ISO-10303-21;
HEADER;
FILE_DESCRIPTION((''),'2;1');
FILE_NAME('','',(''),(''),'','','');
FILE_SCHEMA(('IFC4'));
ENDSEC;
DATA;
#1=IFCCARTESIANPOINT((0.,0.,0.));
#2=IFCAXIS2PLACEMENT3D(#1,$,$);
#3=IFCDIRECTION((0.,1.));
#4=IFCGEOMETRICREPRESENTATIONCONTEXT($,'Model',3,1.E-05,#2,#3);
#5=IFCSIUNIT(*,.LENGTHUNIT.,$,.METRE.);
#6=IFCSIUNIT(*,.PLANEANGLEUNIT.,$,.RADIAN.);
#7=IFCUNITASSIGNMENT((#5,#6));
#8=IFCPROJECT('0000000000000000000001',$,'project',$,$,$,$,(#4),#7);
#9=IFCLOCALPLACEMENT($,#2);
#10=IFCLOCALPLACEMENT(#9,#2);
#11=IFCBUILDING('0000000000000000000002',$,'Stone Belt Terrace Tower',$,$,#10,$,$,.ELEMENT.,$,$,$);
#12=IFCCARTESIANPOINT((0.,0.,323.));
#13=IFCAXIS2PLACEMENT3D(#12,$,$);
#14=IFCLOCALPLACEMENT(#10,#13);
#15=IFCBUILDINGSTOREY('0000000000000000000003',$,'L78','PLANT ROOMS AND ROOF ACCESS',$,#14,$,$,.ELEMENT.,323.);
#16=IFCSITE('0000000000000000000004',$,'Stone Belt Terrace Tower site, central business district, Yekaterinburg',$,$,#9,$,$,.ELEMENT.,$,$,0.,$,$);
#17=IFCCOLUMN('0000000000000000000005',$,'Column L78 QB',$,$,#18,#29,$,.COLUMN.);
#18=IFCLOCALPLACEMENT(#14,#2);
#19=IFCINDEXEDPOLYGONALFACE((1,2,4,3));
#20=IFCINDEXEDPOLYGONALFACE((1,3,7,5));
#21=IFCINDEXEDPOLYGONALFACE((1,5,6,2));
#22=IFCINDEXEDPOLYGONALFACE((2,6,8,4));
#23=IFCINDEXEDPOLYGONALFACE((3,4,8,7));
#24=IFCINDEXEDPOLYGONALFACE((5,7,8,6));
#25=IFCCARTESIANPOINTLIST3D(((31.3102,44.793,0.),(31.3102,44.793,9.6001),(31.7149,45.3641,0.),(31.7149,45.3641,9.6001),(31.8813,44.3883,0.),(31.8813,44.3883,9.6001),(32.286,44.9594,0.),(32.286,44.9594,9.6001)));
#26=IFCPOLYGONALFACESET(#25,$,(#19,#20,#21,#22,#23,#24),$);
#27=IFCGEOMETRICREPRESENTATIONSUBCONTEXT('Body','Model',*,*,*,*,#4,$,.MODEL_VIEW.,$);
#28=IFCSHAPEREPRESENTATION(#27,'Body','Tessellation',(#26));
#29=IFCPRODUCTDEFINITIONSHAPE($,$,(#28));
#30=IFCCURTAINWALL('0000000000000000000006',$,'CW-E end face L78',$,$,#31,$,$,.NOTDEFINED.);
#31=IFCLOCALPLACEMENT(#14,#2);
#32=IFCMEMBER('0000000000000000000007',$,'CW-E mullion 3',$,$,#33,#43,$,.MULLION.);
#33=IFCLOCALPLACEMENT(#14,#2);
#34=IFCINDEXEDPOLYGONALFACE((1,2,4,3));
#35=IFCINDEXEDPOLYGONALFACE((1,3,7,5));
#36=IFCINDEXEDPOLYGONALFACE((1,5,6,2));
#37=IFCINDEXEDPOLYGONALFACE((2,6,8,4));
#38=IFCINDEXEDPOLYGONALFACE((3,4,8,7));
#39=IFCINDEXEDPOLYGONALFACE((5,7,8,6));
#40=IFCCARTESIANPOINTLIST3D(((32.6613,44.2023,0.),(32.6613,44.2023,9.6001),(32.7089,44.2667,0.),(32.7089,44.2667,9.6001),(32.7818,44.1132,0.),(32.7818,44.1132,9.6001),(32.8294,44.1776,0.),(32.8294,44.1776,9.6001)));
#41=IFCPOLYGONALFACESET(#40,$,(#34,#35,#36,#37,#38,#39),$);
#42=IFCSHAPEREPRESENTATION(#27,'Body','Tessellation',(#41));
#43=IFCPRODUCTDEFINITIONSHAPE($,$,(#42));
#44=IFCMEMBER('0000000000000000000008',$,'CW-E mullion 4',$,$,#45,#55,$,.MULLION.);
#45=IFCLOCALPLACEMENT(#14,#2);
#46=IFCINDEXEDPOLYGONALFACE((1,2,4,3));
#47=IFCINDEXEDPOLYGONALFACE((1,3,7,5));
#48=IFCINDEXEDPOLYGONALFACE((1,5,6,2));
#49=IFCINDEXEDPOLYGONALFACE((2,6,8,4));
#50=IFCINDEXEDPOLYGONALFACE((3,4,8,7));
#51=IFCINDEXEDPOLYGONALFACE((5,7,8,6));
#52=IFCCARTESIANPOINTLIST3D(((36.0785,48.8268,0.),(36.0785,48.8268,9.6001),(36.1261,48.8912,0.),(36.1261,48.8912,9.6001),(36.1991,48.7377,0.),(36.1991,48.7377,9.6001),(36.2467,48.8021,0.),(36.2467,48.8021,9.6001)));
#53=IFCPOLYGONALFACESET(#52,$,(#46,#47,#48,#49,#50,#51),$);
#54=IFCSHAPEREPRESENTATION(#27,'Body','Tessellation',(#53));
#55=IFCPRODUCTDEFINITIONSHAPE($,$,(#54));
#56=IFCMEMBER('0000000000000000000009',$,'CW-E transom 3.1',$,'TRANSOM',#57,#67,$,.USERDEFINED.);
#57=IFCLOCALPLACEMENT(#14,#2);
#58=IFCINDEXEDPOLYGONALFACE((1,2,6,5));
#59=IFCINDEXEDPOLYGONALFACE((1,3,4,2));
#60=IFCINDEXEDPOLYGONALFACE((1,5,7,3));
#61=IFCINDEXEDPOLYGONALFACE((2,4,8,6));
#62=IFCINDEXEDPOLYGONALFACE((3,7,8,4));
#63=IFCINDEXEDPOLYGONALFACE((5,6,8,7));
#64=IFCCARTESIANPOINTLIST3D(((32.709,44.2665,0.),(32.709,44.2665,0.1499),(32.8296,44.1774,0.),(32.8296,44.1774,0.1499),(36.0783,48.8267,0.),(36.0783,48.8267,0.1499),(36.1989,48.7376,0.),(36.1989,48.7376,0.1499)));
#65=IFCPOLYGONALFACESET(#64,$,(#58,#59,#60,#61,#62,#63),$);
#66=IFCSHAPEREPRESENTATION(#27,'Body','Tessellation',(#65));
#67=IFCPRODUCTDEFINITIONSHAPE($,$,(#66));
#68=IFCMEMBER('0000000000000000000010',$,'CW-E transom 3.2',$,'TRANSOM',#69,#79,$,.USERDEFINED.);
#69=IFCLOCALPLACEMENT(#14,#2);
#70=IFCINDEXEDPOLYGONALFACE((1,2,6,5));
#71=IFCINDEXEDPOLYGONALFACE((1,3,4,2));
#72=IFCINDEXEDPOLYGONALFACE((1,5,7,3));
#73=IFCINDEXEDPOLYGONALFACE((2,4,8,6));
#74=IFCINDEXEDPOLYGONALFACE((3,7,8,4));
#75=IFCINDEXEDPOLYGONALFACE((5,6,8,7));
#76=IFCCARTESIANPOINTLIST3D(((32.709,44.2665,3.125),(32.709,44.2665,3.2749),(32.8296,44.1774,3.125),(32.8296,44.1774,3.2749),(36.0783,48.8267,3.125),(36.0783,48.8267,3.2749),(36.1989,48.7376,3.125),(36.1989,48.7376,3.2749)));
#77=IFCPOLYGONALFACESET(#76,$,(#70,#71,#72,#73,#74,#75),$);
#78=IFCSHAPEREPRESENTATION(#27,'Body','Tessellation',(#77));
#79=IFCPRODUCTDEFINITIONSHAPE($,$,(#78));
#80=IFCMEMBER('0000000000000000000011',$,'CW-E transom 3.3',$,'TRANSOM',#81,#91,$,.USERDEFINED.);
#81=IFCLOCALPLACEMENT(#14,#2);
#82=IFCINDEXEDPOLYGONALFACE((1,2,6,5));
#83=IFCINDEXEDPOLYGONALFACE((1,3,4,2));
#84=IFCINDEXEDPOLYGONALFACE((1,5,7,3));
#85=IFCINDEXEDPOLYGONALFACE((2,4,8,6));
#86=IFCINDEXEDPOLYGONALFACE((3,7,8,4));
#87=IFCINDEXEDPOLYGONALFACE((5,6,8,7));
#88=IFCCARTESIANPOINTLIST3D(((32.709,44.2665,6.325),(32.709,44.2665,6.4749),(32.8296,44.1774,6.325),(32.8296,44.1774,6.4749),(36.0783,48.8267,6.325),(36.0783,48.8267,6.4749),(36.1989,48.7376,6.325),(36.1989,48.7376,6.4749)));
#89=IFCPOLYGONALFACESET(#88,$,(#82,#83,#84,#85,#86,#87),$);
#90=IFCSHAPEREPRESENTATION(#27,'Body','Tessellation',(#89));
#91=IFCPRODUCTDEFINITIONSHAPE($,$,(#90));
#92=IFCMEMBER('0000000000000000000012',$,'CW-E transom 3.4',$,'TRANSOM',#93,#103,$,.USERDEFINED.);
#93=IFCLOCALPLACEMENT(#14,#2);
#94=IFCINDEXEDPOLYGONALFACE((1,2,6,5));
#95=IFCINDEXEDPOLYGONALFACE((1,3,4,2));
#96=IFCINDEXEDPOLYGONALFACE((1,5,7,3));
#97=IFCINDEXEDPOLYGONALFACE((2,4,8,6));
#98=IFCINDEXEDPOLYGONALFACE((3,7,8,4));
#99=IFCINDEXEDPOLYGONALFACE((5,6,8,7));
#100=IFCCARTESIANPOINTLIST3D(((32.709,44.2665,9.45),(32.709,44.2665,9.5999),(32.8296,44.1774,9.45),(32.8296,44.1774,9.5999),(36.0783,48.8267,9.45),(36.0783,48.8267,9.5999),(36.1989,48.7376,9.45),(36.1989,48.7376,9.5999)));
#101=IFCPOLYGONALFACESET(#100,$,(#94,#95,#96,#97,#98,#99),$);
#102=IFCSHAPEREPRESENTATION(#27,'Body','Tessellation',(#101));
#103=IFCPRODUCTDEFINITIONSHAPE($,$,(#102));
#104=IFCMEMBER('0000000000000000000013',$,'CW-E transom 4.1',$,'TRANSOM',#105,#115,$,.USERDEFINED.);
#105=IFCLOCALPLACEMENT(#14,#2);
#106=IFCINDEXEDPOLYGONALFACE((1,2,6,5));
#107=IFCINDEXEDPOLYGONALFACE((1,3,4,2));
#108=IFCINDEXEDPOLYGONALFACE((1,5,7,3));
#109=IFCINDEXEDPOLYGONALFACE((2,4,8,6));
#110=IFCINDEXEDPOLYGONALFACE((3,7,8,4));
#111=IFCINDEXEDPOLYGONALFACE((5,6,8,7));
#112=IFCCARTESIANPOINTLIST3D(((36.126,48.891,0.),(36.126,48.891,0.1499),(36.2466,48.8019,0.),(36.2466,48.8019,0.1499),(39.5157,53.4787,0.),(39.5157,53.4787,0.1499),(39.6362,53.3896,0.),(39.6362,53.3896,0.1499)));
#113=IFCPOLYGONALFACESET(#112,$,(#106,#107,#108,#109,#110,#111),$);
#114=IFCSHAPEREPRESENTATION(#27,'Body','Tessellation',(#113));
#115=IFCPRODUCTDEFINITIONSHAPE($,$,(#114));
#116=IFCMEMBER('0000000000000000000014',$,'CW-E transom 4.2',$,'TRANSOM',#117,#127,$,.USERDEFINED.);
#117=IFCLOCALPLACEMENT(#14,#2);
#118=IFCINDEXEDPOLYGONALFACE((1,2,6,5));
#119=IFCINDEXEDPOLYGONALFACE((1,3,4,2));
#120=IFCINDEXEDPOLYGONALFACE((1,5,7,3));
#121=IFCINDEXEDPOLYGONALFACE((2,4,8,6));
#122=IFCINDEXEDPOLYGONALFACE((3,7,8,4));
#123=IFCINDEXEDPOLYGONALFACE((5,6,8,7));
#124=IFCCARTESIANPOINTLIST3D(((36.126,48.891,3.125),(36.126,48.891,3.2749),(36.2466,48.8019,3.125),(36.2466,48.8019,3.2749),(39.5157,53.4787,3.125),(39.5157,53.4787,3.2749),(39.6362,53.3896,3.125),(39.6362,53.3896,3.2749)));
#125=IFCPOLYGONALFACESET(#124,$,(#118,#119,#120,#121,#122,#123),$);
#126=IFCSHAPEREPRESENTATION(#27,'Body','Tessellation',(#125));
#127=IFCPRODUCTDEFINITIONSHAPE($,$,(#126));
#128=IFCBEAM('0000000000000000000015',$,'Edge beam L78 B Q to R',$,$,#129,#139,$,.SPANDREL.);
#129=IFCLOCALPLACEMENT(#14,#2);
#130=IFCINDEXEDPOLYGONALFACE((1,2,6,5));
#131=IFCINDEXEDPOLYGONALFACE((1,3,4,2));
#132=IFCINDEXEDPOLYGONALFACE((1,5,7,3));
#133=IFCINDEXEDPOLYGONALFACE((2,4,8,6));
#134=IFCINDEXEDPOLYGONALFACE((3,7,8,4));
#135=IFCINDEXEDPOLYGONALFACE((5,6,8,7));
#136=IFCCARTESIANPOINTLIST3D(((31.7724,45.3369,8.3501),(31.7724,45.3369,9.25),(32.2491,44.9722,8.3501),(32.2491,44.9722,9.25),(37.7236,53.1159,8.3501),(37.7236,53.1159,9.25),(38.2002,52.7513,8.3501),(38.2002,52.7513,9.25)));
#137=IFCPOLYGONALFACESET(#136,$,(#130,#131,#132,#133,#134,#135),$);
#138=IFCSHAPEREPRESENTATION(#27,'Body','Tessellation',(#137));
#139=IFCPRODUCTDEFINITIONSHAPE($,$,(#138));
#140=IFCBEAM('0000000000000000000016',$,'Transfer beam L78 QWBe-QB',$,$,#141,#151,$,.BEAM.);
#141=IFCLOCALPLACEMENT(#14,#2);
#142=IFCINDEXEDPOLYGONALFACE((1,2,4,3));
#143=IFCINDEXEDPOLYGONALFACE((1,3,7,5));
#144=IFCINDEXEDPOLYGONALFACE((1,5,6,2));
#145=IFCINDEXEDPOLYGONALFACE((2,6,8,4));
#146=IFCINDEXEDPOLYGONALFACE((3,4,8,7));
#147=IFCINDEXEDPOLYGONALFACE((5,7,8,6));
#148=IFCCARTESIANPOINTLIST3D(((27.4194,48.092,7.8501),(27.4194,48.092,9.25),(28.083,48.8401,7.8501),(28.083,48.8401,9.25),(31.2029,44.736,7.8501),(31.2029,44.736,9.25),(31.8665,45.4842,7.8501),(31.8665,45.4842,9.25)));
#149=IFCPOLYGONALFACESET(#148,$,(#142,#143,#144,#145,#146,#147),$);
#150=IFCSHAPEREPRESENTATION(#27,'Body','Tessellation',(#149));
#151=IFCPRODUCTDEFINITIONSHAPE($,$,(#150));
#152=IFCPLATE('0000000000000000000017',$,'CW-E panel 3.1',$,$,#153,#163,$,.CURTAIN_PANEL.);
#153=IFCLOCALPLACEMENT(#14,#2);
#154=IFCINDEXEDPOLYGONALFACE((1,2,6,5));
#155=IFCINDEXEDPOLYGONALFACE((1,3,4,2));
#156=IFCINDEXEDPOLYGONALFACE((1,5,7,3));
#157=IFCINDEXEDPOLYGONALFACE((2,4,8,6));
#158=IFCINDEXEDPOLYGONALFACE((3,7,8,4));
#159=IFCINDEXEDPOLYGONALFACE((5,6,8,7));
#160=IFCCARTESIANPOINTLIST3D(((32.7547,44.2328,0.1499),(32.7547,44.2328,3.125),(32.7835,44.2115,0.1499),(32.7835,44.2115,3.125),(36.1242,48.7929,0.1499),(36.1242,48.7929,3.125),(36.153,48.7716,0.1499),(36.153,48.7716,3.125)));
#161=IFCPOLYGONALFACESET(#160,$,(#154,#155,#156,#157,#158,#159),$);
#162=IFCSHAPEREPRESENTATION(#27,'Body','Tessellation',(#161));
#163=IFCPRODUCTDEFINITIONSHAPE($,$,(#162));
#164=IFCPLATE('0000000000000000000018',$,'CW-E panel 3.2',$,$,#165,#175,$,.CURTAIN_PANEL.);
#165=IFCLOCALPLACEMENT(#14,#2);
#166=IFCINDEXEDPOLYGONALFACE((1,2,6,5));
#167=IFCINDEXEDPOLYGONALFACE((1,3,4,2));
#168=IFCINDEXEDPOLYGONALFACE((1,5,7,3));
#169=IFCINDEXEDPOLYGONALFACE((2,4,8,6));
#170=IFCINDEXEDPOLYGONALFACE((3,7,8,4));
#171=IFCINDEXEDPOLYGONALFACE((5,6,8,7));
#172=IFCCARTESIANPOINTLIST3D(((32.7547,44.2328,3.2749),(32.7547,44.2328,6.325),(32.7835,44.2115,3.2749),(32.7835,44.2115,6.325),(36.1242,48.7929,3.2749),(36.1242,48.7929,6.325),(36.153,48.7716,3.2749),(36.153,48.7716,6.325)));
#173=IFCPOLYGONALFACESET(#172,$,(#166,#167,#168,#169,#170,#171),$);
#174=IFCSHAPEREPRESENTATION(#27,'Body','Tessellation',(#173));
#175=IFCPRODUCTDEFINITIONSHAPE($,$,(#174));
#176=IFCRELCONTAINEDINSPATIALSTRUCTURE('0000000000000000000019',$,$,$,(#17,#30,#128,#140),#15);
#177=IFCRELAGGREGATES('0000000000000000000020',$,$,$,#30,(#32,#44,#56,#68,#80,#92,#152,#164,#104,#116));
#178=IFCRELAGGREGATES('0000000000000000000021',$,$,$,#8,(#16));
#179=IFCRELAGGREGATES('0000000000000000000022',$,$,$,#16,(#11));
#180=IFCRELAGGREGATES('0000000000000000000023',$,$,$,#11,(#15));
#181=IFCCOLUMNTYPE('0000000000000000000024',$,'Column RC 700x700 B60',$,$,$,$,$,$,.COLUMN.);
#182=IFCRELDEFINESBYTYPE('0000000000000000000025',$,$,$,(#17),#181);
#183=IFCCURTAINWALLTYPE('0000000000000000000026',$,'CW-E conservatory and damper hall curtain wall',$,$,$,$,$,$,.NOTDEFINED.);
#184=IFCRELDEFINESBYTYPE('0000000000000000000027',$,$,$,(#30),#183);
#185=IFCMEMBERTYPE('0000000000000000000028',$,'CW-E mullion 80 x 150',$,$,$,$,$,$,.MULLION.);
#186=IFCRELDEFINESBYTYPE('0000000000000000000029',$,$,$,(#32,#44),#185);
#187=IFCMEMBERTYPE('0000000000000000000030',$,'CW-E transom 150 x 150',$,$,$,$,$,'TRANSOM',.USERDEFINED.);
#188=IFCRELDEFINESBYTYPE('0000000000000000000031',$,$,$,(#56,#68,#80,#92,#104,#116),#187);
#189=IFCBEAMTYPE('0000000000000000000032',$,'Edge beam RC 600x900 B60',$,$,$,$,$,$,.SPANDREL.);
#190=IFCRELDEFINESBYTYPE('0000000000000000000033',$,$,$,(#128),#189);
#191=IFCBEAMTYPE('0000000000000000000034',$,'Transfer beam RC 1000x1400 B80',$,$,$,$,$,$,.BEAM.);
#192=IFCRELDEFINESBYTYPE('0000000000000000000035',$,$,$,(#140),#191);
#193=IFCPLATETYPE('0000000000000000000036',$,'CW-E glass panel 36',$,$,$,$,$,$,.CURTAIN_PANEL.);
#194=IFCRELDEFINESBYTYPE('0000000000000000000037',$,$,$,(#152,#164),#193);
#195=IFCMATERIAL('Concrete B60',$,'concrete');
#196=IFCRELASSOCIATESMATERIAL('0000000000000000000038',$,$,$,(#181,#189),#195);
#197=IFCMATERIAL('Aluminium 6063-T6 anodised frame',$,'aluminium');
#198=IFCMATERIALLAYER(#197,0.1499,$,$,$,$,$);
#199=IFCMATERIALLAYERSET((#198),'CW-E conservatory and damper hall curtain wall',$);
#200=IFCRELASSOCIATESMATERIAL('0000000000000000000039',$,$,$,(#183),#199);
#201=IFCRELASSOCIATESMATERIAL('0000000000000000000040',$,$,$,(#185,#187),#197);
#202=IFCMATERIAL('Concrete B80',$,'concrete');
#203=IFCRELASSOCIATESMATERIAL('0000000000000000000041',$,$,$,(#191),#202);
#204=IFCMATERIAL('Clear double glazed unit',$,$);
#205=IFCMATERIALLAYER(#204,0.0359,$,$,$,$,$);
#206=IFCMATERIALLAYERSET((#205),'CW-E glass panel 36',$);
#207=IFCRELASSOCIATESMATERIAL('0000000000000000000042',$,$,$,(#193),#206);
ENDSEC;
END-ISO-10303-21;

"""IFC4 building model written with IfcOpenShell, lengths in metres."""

from ifc_helpers import new_model, si_unit, direction, frame, origin, origin_2d, place, context, subcontext, project, spatial, rectangle, extrude, material, layer, layer_set, material_profile, profile_set, type_object, element, aggregate, save


model = new_model("IFC4")

# Units and contexts
model_context = context("Model", 3, precision=1e-05, world=origin(), true_north=direction((0.0, 1.0)))
body_context = subcontext(model_context, "Body", "Model", "MODEL_VIEW")
ifc_project = project(units=[si_unit("LENGTHUNIT", "METRE"), si_unit("PLANEANGLEUNIT", "RADIAN")], contexts=[model_context])

# Site, building, storey
site_placement = place(None, origin())
site = spatial("IfcSite", under=ifc_project, at=site_placement, Name="Stone Belt Terrace Tower site, central business district, Yekaterinburg", CompositionType="ELEMENT", RefElevation=0.0)
building_placement = place(site_placement, origin())
building = spatial("IfcBuilding", under=site, at=building_placement, Name="Stone Belt Terrace Tower", CompositionType="ELEMENT")
storey_placement = place(building_placement, frame((0.0, 0.0, 323.0)))
storey = spatial("IfcBuildingStorey", under=building, at=storey_placement, Name="L78", Description="PLANT ROOMS AND ROOF ACCESS", CompositionType="ELEMENT", Elevation=323.0)

# Column
ifc_material_1 = material(Name="Concrete B60", Category="concrete")
ifc_material_profile_1 = material_profile(ifc_material_1, rectangle(XDim=0.7, YDim=0.7, at=origin_2d()), Name="RC 700x700")
ifc_profile_set_1 = profile_set([ifc_material_profile_1], Name="Concrete B60")
column_type = type_object("IfcColumnType", Name="Column RC 700x700 B60", PredefinedType="COLUMN", material=ifc_profile_set_1)
column_placement = place(storey_placement, frame((31.7981, 44.8762, 0.0), z_axis=(0.0, 0.0, 1.0), x_axis=(0.815934, -0.578145, 0.0)))
element("IfcColumn", 1, at=column_placement, inside=storey, type_object=column_type, Name="Column L78 QB", PredefinedType="COLUMN", context=body_context, shape_type="SweptSolid", body=[
    extrude(rectangle(XDim=0.7, YDim=0.7, at=origin_2d()), origin(), (0.0, 0.0, 1.0), 9.6001),
])

# Curtain wall, members
ifc_material_2 = material(Name="Aluminium 6063-T6 anodised frame", Category="aluminium")
ifc_layer_1 = layer(ifc_material_2, 0.1499)
ifc_layer_set_1 = layer_set([ifc_layer_1], Name="CW-E conservatory and damper hall curtain wall")
curtain_wall_type = type_object("IfcCurtainWallType", Name="CW-E conservatory and damper hall curtain wall", PredefinedType="NOTDEFINED", material=ifc_layer_set_1)
curtain_wall_placement = place(storey_placement, origin())
curtain_wall = element("IfcCurtainWall", 2, at=curtain_wall_placement, inside=storey, type_object=curtain_wall_type, Name="CW-E end face L78", PredefinedType="NOTDEFINED")
ifc_material_profile_2 = material_profile(ifc_material_2, rectangle(XDim=0.1499, YDim=0.0801, at=origin_2d()), Name="Aluminium 6063-T6 80x150")
ifc_profile_set_2 = profile_set([ifc_material_profile_2], Name="Aluminium 6063-T6 anodised frame")
member_type_1 = type_object("IfcMemberType", Name="CW-E mullion 80 x 150", PredefinedType="MULLION", material=ifc_profile_set_2)
member_1_placement = place(storey_placement, frame((32.7454, 44.1899, 0.0), z_axis=(0.0, 0.0, 1.0), x_axis=(-0.804262, 0.594275, 0.0)))
member_1 = element("IfcMember", 3, at=member_1_placement, type_object=member_type_1, Name="CW-E mullion 3", PredefinedType="MULLION", context=body_context, shape_type="SweptSolid", body=[
    extrude(rectangle(XDim=0.1499, YDim=0.0801, at=origin_2d()), origin(), (0.0, 0.0, 1.0), 9.6001),
])
member_2_placement = place(storey_placement, frame((36.1626, 48.8145, 0.0), z_axis=(0.0, 0.0, 1.0), x_axis=(-0.804262, 0.594275, 0.0)))
member_2 = element("IfcMember", 4, at=member_2_placement, type_object=member_type_1, Name="CW-E mullion 4", PredefinedType="MULLION", context=body_context, shape_type="SweptSolid", body=[
    extrude(rectangle(XDim=0.1499, YDim=0.0801, at=origin_2d()), origin(), (0.0, 0.0, 1.0), 9.6001),
])
ifc_material_profile_3 = material_profile(ifc_material_2, rectangle(XDim=0.1499, YDim=0.1499, at=origin_2d()), Name="Aluminium 6063-T6 150x150")
ifc_profile_set_3 = profile_set([ifc_material_profile_3], Name="Aluminium 6063-T6 anodised frame")
member_type_2 = type_object("IfcMemberType", Name="CW-E transom 150 x 150", ElementType="TRANSOM", PredefinedType="USERDEFINED", material=ifc_profile_set_3)
member_3_placement = place(storey_placement, frame((32.7693, 44.2219, 0.075), z_axis=(0.594246, 0.804284, 0.0), x_axis=(-0.804284, 0.594246, 0.0)))
member_3 = element("IfcMember", 5, at=member_3_placement, type_object=member_type_2, Name="CW-E transom 3.1", ObjectType="TRANSOM", PredefinedType="USERDEFINED", context=body_context, shape_type="SweptSolid", body=[
    extrude(rectangle(XDim=0.1499, YDim=0.1499, at=origin_2d()), origin(), (0.0, 0.0, 1.0), 5.6699),
])
member_4_placement = place(storey_placement, frame((32.7693, 44.2219, 3.2), z_axis=(0.594246, 0.804284, 0.0), x_axis=(-0.804284, 0.594246, 0.0)))
member_4 = element("IfcMember", 6, at=member_4_placement, type_object=member_type_2, Name="CW-E transom 3.2", ObjectType="TRANSOM", PredefinedType="USERDEFINED", context=body_context, shape_type="SweptSolid", body=[
    extrude(rectangle(XDim=0.1499, YDim=0.1499, at=origin_2d()), origin(), (0.0, 0.0, 1.0), 5.6699),
])
member_5_placement = place(storey_placement, frame((32.7693, 44.2219, 6.3999), z_axis=(0.594246, 0.804284, 0.0), x_axis=(-0.804284, 0.594246, 0.0)))
member_5 = element("IfcMember", 7, at=member_5_placement, type_object=member_type_2, Name="CW-E transom 3.3", ObjectType="TRANSOM", PredefinedType="USERDEFINED", context=body_context, shape_type="SweptSolid", body=[
    extrude(rectangle(XDim=0.1499, YDim=0.1499, at=origin_2d()), origin(), (0.0, 0.0, 1.0), 5.6699),
])
member_6_placement = place(storey_placement, frame((32.7693, 44.2219, 9.5249), z_axis=(0.594246, 0.804284, 0.0), x_axis=(-0.804284, 0.594246, 0.0)))
member_6 = element("IfcMember", 8, at=member_6_placement, type_object=member_type_2, Name="CW-E transom 3.4", ObjectType="TRANSOM", PredefinedType="USERDEFINED", context=body_context, shape_type="SweptSolid", body=[
    extrude(rectangle(XDim=0.1499, YDim=0.1499, at=origin_2d()), origin(), (0.0, 0.0, 1.0), 5.6699),
])
member_7_placement = place(storey_placement, frame((36.1863, 48.8464, 0.075), z_axis=(0.594253, 0.804278, 0.0), x_axis=(-0.804278, 0.594253, 0.0)))
member_7 = element("IfcMember", 9, at=member_7_placement, type_object=member_type_2, Name="CW-E transom 4.1", ObjectType="TRANSOM", PredefinedType="USERDEFINED", context=body_context, shape_type="SweptSolid", body=[
    extrude(rectangle(XDim=0.1499, YDim=0.1499, at=origin_2d()), origin(), (0.0, 0.0, 1.0), 5.7041),
])
member_8_placement = place(storey_placement, frame((36.1863, 48.8464, 3.2), z_axis=(0.594253, 0.804278, 0.0), x_axis=(-0.804278, 0.594253, 0.0)))
member_8 = element("IfcMember", 10, at=member_8_placement, type_object=member_type_2, Name="CW-E transom 4.2", ObjectType="TRANSOM", PredefinedType="USERDEFINED", context=body_context, shape_type="SweptSolid", body=[
    extrude(rectangle(XDim=0.1499, YDim=0.1499, at=origin_2d()), origin(), (0.0, 0.0, 1.0), 5.7041),
])

# Beams
ifc_material_profile_4 = material_profile(ifc_material_1, rectangle(XDim=0.6001, YDim=0.8999, at=origin_2d()), Name="RC 600x900")
ifc_profile_set_4 = profile_set([ifc_material_profile_4], Name="Concrete B60")
beam_type_1 = type_object("IfcBeamType", Name="Edge beam RC 600x900 B60", PredefinedType="SPANDREL", material=ifc_profile_set_4)
beam_1_placement = place(storey_placement, frame((32.0107, 45.1545, 8.8), z_axis=(0.60761, 0.794235, 0.0), x_axis=(-0.794235, 0.60761, 0.0)))
element("IfcBeam", 11, at=beam_1_placement, inside=storey, type_object=beam_type_1, Name="Edge beam L78 B Q to R", PredefinedType="SPANDREL", context=body_context, shape_type="SweptSolid", body=[
    extrude(rectangle(XDim=0.6001, YDim=0.8999, at=origin_2d()), origin(), (0.0, 0.0, 1.0), 9.7944),
])
ifc_material_3 = material(Name="Concrete B80", Category="concrete")
ifc_material_profile_5 = material_profile(ifc_material_3, rectangle(XDim=1.0, YDim=1.3999, at=origin_2d()), Name="RC 1000x1400")
ifc_profile_set_5 = profile_set([ifc_material_profile_5], Name="Concrete B80")
beam_type_2 = type_object("IfcBeamType", Name="Transfer beam RC 1000x1400 B80", PredefinedType="BEAM", material=ifc_profile_set_5)
beam_2_placement = place(storey_placement, frame((27.7512, 48.4661, 8.55), z_axis=(0.748107, -0.663578, 0.0), x_axis=(0.663578, 0.748107, 0.0)))
element("IfcBeam", 12, at=beam_2_placement, inside=storey, type_object=beam_type_2, Name="Transfer beam L78 QWBe-QB", PredefinedType="BEAM", context=body_context, shape_type="SweptSolid", body=[
    extrude(rectangle(XDim=1.0, YDim=1.3999, at=origin_2d()), origin(), (0.0, 0.0, 1.0), 5.0574),
])

# Plates
ifc_material_4 = material(Name="Clear double glazed unit")
ifc_layer_2 = layer(ifc_material_4, 0.0359)
ifc_layer_set_2 = layer_set([ifc_layer_2], Name="CW-E glass panel 36")
plate_type = type_object("IfcPlateType", Name="CW-E glass panel 36", PredefinedType="CURTAIN_PANEL", material=ifc_layer_set_2)
plate_1_placement = place(storey_placement, frame((34.4539, 46.5022, 0.1499), z_axis=(0.0, 0.0, 1.0), x_axis=(0.594275, 0.804262, 0.0)))
plate_1 = element("IfcPlate", 13, at=plate_1_placement, type_object=plate_type, Name="CW-E panel 3.1", PredefinedType="CURTAIN_PANEL", context=body_context, shape_type="SweptSolid", body=[
    extrude(rectangle(XDim=5.6699, YDim=0.0359, at=origin_2d()), origin(), (0.0, 0.0, 1.0), 2.9751),
])
plate_2_placement = place(storey_placement, frame((34.4539, 46.5022, 3.2749), z_axis=(0.0, 0.0, 1.0), x_axis=(0.594275, 0.804262, 0.0)))
plate_2 = element("IfcPlate", 14, at=plate_2_placement, type_object=plate_type, Name="CW-E panel 3.2", PredefinedType="CURTAIN_PANEL", context=body_context, shape_type="SweptSolid", body=[
    extrude(rectangle(XDim=5.6699, YDim=0.0359, at=origin_2d()), origin(), (0.0, 0.0, 1.0), 3.05),
])
aggregate(curtain_wall, [member_1, member_2, member_3, member_4, member_5, member_6, plate_1, plate_2, member_7, member_8])

save(model, "model.ifc")
